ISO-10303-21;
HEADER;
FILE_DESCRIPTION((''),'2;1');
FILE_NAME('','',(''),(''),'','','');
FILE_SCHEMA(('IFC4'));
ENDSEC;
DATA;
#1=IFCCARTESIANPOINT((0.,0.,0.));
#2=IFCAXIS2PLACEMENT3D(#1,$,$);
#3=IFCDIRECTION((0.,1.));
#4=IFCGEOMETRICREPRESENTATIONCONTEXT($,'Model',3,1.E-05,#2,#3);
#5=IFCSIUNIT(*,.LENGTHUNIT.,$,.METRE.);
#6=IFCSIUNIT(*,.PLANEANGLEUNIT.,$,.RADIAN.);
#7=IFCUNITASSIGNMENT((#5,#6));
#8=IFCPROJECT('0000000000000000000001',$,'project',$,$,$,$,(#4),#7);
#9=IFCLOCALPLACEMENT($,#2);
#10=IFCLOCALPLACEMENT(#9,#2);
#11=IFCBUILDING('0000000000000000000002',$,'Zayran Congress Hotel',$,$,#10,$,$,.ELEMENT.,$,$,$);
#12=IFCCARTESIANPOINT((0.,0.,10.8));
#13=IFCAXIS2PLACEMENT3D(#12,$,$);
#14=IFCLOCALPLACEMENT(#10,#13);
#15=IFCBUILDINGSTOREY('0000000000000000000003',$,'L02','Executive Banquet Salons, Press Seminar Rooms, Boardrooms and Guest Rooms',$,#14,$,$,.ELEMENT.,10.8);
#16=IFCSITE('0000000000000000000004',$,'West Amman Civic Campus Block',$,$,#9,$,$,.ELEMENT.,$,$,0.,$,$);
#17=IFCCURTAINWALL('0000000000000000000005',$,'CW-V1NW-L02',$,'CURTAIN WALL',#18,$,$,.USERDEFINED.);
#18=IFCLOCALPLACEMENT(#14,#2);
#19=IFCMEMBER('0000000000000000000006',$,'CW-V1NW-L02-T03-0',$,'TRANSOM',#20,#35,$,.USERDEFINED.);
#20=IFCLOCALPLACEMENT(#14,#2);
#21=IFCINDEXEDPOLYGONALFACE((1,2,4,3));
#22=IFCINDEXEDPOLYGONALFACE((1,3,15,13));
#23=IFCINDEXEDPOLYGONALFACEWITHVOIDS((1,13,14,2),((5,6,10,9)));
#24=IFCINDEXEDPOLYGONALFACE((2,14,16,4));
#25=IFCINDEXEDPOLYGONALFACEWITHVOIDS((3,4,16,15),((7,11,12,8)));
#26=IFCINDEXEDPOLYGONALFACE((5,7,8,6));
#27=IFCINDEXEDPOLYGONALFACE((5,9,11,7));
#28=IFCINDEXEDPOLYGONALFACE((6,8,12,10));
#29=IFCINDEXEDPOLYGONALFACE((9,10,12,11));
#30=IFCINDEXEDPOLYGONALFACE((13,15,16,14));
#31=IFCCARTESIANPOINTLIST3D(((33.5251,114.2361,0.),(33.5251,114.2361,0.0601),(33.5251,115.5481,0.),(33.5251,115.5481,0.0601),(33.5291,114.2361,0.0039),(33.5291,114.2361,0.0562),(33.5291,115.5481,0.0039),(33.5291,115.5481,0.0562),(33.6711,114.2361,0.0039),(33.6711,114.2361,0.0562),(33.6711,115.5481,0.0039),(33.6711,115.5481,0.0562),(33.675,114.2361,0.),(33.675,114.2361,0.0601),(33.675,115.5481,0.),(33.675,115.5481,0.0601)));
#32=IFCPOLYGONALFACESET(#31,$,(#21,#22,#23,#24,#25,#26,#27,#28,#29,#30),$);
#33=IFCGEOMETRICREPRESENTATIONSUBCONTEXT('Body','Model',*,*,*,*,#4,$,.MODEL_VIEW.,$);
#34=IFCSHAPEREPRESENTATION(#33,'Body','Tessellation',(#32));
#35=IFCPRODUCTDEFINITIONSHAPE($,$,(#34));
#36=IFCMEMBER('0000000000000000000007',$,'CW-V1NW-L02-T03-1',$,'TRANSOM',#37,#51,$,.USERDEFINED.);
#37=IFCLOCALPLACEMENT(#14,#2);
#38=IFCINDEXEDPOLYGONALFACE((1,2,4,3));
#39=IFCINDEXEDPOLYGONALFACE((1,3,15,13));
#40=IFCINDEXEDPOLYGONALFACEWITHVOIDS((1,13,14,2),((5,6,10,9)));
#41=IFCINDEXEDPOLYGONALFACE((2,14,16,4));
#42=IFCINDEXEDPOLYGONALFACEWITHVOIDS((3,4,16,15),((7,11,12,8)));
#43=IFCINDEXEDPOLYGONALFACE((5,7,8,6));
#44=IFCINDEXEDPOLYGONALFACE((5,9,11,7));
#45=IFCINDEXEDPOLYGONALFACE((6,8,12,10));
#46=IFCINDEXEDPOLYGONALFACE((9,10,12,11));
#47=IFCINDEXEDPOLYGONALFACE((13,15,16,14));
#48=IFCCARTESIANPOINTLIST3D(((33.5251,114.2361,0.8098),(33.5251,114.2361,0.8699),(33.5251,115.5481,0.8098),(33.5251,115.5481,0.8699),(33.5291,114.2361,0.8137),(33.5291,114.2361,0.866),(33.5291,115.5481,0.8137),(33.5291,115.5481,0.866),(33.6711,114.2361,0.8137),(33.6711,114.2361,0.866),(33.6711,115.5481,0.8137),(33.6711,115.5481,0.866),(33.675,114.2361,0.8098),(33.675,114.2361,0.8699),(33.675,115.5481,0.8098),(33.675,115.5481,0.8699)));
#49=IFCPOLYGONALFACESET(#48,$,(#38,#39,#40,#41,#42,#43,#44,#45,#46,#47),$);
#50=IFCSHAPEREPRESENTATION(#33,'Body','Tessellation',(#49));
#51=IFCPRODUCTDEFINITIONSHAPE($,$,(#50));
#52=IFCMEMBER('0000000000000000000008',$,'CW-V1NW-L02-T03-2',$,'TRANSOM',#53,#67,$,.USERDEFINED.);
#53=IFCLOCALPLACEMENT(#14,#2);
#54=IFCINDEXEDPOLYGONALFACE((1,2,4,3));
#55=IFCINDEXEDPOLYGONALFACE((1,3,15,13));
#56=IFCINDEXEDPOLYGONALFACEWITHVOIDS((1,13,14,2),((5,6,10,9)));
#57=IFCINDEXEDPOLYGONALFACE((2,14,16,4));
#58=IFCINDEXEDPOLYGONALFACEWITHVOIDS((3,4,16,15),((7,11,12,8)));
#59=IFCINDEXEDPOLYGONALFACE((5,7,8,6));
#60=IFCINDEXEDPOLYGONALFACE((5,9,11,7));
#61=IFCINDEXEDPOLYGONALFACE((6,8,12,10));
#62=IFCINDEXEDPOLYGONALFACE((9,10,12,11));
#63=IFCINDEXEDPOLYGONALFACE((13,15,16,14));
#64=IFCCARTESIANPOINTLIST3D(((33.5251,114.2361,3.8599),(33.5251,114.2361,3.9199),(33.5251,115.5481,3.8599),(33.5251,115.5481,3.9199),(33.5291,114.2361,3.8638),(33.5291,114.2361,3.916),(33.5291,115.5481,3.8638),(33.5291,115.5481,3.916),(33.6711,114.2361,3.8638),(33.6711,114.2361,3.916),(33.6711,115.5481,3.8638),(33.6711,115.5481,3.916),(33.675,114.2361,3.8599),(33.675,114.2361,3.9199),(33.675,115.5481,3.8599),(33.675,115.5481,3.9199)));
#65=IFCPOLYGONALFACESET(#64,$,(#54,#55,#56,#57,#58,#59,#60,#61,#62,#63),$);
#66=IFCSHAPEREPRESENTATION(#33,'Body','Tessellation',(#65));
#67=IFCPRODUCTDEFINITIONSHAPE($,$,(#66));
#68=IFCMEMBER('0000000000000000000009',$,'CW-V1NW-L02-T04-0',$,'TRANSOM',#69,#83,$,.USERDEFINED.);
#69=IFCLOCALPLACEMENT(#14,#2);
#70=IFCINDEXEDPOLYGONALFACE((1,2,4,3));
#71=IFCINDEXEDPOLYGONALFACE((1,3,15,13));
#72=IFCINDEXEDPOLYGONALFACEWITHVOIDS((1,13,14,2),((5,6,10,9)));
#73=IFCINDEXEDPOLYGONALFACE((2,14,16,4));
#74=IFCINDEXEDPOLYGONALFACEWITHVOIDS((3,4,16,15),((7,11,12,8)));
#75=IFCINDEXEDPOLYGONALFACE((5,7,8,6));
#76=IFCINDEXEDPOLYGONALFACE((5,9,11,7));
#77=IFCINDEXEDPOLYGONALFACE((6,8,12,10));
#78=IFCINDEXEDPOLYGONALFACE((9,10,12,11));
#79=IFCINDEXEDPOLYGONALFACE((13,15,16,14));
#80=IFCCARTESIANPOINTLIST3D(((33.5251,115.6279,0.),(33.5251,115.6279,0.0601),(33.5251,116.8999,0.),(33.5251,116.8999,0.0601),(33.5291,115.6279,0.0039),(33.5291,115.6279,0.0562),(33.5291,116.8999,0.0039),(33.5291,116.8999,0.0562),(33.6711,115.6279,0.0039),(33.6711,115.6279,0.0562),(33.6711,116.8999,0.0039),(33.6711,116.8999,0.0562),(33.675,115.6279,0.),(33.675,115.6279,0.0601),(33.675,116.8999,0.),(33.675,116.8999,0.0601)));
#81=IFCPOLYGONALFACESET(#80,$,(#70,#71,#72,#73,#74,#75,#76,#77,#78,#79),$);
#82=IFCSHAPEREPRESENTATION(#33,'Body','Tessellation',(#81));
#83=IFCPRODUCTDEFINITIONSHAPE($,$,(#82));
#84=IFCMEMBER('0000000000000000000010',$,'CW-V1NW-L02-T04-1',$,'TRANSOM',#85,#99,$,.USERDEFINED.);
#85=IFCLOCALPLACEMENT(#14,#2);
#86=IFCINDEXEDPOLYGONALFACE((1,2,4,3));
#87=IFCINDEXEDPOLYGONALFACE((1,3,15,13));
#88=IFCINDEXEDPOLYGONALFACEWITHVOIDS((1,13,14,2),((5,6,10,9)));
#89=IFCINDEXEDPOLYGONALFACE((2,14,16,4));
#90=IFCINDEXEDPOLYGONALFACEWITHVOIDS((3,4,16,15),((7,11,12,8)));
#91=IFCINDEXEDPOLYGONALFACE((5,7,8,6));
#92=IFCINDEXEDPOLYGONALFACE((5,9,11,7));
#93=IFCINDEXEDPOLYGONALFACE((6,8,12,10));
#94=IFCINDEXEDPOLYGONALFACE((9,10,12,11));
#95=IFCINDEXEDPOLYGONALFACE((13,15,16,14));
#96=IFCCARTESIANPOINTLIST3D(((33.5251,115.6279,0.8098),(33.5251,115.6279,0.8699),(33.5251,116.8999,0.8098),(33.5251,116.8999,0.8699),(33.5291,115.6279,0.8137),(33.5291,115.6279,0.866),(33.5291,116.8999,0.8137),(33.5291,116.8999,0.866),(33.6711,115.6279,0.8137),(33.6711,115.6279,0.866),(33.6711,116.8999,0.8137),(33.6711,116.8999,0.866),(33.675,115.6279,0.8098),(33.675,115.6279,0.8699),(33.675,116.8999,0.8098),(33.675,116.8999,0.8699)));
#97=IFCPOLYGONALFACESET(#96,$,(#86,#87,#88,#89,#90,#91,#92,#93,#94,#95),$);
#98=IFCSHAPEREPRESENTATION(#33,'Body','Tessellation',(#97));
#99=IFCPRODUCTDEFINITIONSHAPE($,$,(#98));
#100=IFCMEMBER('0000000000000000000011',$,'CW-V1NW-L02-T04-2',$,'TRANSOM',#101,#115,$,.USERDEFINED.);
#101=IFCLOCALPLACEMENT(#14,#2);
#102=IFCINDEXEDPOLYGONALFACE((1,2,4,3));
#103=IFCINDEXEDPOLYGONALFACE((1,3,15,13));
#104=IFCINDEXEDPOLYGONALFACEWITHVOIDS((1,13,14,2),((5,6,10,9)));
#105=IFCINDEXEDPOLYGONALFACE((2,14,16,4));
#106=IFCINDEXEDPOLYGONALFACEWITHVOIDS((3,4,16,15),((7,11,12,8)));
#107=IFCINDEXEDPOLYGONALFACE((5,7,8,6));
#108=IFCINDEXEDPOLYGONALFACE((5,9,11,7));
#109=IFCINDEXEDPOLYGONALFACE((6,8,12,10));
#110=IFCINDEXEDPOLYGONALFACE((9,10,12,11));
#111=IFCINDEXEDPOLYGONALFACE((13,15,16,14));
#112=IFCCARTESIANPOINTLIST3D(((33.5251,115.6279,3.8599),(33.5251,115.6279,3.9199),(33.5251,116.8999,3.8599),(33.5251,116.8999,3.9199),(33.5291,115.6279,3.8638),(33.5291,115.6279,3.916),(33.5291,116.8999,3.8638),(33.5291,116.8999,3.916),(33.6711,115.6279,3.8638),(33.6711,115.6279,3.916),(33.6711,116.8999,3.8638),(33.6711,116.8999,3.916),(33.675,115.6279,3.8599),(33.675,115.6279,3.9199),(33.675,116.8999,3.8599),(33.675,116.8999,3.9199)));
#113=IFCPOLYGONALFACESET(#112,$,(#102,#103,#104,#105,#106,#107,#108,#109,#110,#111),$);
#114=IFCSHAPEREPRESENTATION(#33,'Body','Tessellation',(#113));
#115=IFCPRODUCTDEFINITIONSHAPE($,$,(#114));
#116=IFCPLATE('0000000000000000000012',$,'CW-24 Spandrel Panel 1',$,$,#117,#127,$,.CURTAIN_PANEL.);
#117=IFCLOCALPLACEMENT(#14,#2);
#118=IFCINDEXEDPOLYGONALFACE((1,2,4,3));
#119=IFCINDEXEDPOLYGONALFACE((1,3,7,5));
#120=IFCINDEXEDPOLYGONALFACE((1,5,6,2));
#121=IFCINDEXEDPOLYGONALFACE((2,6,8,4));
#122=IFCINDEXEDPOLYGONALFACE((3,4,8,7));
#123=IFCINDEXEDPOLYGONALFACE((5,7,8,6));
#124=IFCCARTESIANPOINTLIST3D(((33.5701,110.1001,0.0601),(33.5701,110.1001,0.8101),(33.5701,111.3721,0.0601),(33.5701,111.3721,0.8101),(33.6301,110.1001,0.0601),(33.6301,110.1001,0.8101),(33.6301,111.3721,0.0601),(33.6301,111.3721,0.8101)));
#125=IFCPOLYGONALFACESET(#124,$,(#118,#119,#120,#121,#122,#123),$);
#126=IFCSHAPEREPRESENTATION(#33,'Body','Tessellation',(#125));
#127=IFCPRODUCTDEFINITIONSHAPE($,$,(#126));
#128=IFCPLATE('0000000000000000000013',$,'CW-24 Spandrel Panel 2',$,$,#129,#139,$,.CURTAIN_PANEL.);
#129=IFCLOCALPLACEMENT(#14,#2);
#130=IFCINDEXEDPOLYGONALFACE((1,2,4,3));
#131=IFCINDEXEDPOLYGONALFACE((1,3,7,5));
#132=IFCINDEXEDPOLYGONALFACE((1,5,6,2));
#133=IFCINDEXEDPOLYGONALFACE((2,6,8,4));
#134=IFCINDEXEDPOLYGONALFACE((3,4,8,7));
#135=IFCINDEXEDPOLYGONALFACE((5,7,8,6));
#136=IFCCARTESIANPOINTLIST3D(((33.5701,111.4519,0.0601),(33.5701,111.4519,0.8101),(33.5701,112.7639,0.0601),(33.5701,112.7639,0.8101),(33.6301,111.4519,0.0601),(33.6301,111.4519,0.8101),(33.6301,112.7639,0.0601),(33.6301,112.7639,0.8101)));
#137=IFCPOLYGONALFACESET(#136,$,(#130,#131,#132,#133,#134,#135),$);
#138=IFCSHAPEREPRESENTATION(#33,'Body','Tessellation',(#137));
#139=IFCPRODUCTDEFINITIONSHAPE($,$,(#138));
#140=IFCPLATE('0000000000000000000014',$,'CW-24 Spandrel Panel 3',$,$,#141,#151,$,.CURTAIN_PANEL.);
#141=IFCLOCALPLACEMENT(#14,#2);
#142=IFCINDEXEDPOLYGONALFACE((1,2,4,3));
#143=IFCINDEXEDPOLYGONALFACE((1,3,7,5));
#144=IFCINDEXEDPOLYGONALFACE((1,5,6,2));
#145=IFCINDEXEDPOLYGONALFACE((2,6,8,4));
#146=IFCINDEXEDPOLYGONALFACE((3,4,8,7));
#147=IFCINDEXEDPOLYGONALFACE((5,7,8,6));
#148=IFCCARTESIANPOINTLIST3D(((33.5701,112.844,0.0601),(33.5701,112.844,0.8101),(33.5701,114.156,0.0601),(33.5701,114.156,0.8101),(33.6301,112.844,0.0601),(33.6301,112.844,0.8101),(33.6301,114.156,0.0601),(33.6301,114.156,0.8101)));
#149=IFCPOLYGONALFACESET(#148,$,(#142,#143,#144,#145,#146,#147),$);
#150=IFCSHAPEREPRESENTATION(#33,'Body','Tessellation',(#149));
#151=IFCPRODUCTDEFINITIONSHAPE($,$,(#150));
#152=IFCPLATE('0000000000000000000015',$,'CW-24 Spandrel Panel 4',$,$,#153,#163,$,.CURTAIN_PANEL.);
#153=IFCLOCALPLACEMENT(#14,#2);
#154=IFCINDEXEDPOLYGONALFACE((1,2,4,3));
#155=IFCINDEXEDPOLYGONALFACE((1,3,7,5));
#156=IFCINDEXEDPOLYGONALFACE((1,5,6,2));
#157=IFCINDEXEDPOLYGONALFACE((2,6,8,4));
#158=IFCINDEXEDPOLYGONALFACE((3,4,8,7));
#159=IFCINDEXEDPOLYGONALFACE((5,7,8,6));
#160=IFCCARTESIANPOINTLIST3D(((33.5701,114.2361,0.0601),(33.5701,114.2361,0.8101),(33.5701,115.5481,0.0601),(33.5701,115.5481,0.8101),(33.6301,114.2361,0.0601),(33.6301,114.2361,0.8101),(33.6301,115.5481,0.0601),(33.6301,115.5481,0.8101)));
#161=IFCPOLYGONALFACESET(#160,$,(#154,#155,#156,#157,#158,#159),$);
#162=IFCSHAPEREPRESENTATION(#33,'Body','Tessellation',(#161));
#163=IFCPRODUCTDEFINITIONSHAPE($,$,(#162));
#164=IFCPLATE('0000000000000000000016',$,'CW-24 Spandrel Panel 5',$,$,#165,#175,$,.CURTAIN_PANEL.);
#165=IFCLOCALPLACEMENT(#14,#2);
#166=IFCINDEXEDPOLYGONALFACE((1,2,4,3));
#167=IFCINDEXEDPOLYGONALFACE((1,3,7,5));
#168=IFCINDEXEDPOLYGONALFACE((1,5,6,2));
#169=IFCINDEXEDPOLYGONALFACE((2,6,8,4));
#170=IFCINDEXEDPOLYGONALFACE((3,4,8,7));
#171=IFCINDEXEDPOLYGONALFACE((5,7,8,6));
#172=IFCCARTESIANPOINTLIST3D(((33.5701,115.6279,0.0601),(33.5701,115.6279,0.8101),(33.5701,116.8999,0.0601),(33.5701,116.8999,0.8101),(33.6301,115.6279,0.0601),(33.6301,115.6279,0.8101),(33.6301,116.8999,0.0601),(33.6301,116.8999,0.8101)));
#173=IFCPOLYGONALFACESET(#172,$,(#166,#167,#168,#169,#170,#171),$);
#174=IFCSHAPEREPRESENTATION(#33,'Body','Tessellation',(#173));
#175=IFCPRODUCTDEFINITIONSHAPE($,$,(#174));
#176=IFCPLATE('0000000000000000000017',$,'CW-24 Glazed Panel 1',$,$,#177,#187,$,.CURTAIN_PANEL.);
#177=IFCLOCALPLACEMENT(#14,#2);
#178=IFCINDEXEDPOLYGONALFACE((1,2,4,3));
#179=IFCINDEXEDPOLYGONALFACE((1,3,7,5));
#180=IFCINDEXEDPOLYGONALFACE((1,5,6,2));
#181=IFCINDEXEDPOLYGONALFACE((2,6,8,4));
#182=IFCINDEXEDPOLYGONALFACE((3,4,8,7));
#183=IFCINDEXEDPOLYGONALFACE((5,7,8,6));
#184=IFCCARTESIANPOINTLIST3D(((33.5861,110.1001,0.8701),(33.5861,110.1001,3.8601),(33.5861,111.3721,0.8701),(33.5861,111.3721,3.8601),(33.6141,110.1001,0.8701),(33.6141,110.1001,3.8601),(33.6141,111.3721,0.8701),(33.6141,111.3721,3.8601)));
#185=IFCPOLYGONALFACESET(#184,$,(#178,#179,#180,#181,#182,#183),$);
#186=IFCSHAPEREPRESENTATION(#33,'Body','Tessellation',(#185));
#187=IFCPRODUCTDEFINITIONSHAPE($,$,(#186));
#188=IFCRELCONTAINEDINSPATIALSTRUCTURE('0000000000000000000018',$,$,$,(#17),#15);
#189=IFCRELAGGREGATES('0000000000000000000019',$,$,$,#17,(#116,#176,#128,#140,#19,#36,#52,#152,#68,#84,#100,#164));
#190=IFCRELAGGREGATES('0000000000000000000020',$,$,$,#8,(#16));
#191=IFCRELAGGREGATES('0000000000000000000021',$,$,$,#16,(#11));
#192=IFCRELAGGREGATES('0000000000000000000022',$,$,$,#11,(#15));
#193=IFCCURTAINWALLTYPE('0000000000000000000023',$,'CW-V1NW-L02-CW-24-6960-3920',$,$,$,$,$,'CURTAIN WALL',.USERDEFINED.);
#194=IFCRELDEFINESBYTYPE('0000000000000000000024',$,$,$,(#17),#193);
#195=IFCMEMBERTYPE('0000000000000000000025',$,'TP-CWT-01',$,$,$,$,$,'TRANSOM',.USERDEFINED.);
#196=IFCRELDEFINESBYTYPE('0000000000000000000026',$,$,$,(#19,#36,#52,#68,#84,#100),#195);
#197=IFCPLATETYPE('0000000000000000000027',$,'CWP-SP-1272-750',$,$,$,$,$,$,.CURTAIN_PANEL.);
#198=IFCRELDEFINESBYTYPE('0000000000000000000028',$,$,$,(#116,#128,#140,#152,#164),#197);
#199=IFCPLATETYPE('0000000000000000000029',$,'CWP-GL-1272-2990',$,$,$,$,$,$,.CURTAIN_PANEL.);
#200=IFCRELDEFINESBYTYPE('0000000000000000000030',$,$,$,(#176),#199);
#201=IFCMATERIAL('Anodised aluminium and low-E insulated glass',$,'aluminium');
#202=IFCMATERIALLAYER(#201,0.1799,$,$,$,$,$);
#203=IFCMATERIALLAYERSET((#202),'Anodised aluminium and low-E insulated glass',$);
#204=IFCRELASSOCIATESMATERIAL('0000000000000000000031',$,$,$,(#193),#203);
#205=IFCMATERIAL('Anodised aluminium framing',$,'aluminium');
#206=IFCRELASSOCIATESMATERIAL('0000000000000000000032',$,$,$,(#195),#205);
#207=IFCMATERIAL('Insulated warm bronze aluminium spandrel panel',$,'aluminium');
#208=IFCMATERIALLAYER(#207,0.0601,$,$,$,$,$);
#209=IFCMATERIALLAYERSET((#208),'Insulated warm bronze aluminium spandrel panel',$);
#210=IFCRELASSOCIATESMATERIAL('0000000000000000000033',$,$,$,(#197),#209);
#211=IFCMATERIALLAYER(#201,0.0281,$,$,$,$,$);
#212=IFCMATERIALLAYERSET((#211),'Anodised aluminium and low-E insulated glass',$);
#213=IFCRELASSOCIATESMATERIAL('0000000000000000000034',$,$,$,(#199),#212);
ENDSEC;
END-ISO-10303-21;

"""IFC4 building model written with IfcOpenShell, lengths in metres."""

from ifc_helpers import new_model, si_unit, direction, frame, origin, origin_2d, place, context, subcontext, project, spatial, rectangle, hollow_rectangle, extrude, material, layer, layer_set, material_profile, profile_set, type_object, element, aggregate, save


model = new_model("IFC4")

# Units and contexts
model_context = context("Model", 3, precision=1e-05, world=origin(), true_north=direction((0.0, 1.0)))
body_context = subcontext(model_context, "Body", "Model", "MODEL_VIEW")
ifc_project = project(units=[si_unit("LENGTHUNIT", "METRE"), si_unit("PLANEANGLEUNIT", "RADIAN")], contexts=[model_context])

# Site, building, storey
site_placement = place(None, origin())
site = spatial("IfcSite", under=ifc_project, at=site_placement, Name="West Amman Civic Campus Block", CompositionType="ELEMENT", RefElevation=0.0)
building_placement = place(site_placement, origin())
building = spatial("IfcBuilding", under=site, at=building_placement, Name="Zayran Congress Hotel", CompositionType="ELEMENT")
storey_placement = place(building_placement, frame((0.0, 0.0, 10.8)))
storey = spatial("IfcBuildingStorey", under=building, at=storey_placement, Name="L02", Description="Executive Banquet Salons, Press Seminar Rooms, Boardrooms and Guest Rooms", CompositionType="ELEMENT", Elevation=10.8)

# Curtain wall, members, plates
ifc_material_1 = material(Name="Anodised aluminium and low-E insulated glass", Category="aluminium")
ifc_layer_1 = layer(ifc_material_1, 0.1799)
ifc_layer_set_1 = layer_set([ifc_layer_1], Name="Anodised aluminium and low-E insulated glass")
curtain_wall_type = type_object("IfcCurtainWallType", Name="CW-V1NW-L02-CW-24-6960-3920", ElementType="CURTAIN WALL", PredefinedType="USERDEFINED", material=ifc_layer_set_1)
curtain_wall_placement = place(storey_placement, origin())
curtain_wall = element("IfcCurtainWall", 1, at=curtain_wall_placement, inside=storey, type_object=curtain_wall_type, Name="CW-V1NW-L02", ObjectType="CURTAIN WALL", PredefinedType="USERDEFINED")
ifc_material_2 = material(Name="Anodised aluminium framing", Category="aluminium")
ifc_material_profile_1 = material_profile(ifc_material_2, hollow_rectangle(XDim=0.0601, YDim=0.1499, WallThickness=0.0039, at=origin_2d()), Name="RHS 150x60x4")
ifc_profile_set_1 = profile_set([ifc_material_profile_1], Name="Anodised aluminium framing")
member_type_1 = type_object("IfcMemberType", Name="TP-CWT-01", ElementType="TRANSOM", PredefinedType="USERDEFINED", material=ifc_profile_set_1)
member_1_placement = place(storey_placement, frame((33.6001, 114.2361, 0.03), z_axis=(0.0, 1.0, 0.0), x_axis=(0.0, 0.0, 1.0)))
member_1 = element("IfcMember", 2, at=member_1_placement, type_object=member_type_1, Name="CW-V1NW-L02-T03-0", ObjectType="TRANSOM", PredefinedType="USERDEFINED", context=body_context, shape_type="SweptSolid", body=[
    extrude(hollow_rectangle(XDim=0.0601, YDim=0.1499, WallThickness=0.0039, at=origin_2d()), origin(), (0.0, 0.0, 1.0), 1.312),
])
member_2_placement = place(storey_placement, frame((33.6001, 114.2361, 0.8398), z_axis=(0.0, 1.0, 0.0), x_axis=(0.0, 0.0, 1.0)))
member_2 = element("IfcMember", 3, at=member_2_placement, type_object=member_type_1, Name="CW-V1NW-L02-T03-1", ObjectType="TRANSOM", PredefinedType="USERDEFINED", context=body_context, shape_type="SweptSolid", body=[
    extrude(hollow_rectangle(XDim=0.0601, YDim=0.1499, WallThickness=0.0039, at=origin_2d()), origin(), (0.0, 0.0, 1.0), 1.312),
])
member_3_placement = place(storey_placement, frame((33.6001, 114.2361, 3.8899), z_axis=(0.0, 1.0, 0.0), x_axis=(0.0, 0.0, 1.0)))
member_3 = element("IfcMember", 4, at=member_3_placement, type_object=member_type_1, Name="CW-V1NW-L02-T03-2", ObjectType="TRANSOM", PredefinedType="USERDEFINED", context=body_context, shape_type="SweptSolid", body=[
    extrude(hollow_rectangle(XDim=0.0601, YDim=0.1499, WallThickness=0.0039, at=origin_2d()), origin(), (0.0, 0.0, 1.0), 1.312),
])
member_4_placement = place(storey_placement, frame((33.6001, 115.6279, 0.03), z_axis=(0.0, 1.0, 0.0), x_axis=(0.0, 0.0, 1.0)))
member_4 = element("IfcMember", 5, at=member_4_placement, type_object=member_type_1, Name="CW-V1NW-L02-T04-0", ObjectType="TRANSOM", PredefinedType="USERDEFINED", context=body_context, shape_type="SweptSolid", body=[
    extrude(hollow_rectangle(XDim=0.0601, YDim=0.1499, WallThickness=0.0039, at=origin_2d()), origin(), (0.0, 0.0, 1.0), 1.272),
])
member_5_placement = place(storey_placement, frame((33.6001, 115.6279, 0.8398), z_axis=(0.0, 1.0, 0.0), x_axis=(0.0, 0.0, 1.0)))
member_5 = element("IfcMember", 6, at=member_5_placement, type_object=member_type_1, Name="CW-V1NW-L02-T04-1", ObjectType="TRANSOM", PredefinedType="USERDEFINED", context=body_context, shape_type="SweptSolid", body=[
    extrude(hollow_rectangle(XDim=0.0601, YDim=0.1499, WallThickness=0.0039, at=origin_2d()), origin(), (0.0, 0.0, 1.0), 1.272),
])
member_6_placement = place(storey_placement, frame((33.6001, 115.6279, 3.8899), z_axis=(0.0, 1.0, 0.0), x_axis=(0.0, 0.0, 1.0)))
member_6 = element("IfcMember", 7, at=member_6_placement, type_object=member_type_1, Name="CW-V1NW-L02-T04-2", ObjectType="TRANSOM", PredefinedType="USERDEFINED", context=body_context, shape_type="SweptSolid", body=[
    extrude(hollow_rectangle(XDim=0.0601, YDim=0.1499, WallThickness=0.0039, at=origin_2d()), origin(), (0.0, 0.0, 1.0), 1.272),
])
ifc_material_3 = material(Name="Insulated warm bronze aluminium spandrel panel", Category="aluminium")
ifc_layer_2 = layer(ifc_material_3, 0.0601)
ifc_layer_set_2 = layer_set([ifc_layer_2], Name="Insulated warm bronze aluminium spandrel panel")
plate_type_1 = type_object("IfcPlateType", Name="CWP-SP-1272-750", PredefinedType="CURTAIN_PANEL", material=ifc_layer_set_2)
plate_1_placement = place(storey_placement, frame((33.6001, 110.7361, 0.0601), z_axis=(0.0, 0.0, 1.0), x_axis=(0.0, 1.0, 0.0)))
plate_1 = element("IfcPlate", 8, at=plate_1_placement, type_object=plate_type_1, Name="CW-24 Spandrel Panel 1", PredefinedType="CURTAIN_PANEL", context=body_context, shape_type="SweptSolid", body=[
    extrude(rectangle(XDim=1.272, YDim=0.0601, at=origin_2d()), origin(), (0.0, 0.0, 1.0), 0.75),
])
plate_2_placement = place(storey_placement, frame((33.6001, 112.1079, 0.0601), z_axis=(0.0, 0.0, 1.0), x_axis=(0.0, 1.0, 0.0)))
plate_2 = element("IfcPlate", 9, at=plate_2_placement, type_object=plate_type_1, Name="CW-24 Spandrel Panel 2", PredefinedType="CURTAIN_PANEL", context=body_context, shape_type="SweptSolid", body=[
    extrude(rectangle(XDim=1.312, YDim=0.0601, at=origin_2d()), origin(), (0.0, 0.0, 1.0), 0.75),
])
plate_3_placement = place(storey_placement, frame((33.6001, 113.5, 0.0601), z_axis=(0.0, 0.0, 1.0), x_axis=(0.0, 1.0, 0.0)))
plate_3 = element("IfcPlate", 10, at=plate_3_placement, type_object=plate_type_1, Name="CW-24 Spandrel Panel 3", PredefinedType="CURTAIN_PANEL", context=body_context, shape_type="SweptSolid", body=[
    extrude(rectangle(XDim=1.312, YDim=0.0601, at=origin_2d()), origin(), (0.0, 0.0, 1.0), 0.75),
])
plate_4_placement = place(storey_placement, frame((33.6001, 114.8921, 0.0601), z_axis=(0.0, 0.0, 1.0), x_axis=(0.0, 1.0, 0.0)))
plate_4 = element("IfcPlate", 11, at=plate_4_placement, type_object=plate_type_1, Name="CW-24 Spandrel Panel 4", PredefinedType="CURTAIN_PANEL", context=body_context, shape_type="SweptSolid", body=[
    extrude(rectangle(XDim=1.312, YDim=0.0601, at=origin_2d()), origin(), (0.0, 0.0, 1.0), 0.75),
])
plate_5_placement = place(storey_placement, frame((33.6001, 116.2639, 0.0601), z_axis=(0.0, 0.0, 1.0), x_axis=(0.0, 1.0, 0.0)))
plate_5 = element("IfcPlate", 12, at=plate_5_placement, type_object=plate_type_1, Name="CW-24 Spandrel Panel 5", PredefinedType="CURTAIN_PANEL", context=body_context, shape_type="SweptSolid", body=[
    extrude(rectangle(XDim=1.272, YDim=0.0601, at=origin_2d()), origin(), (0.0, 0.0, 1.0), 0.75),
])
ifc_layer_3 = layer(ifc_material_1, 0.0281)
ifc_layer_set_3 = layer_set([ifc_layer_3], Name="Anodised aluminium and low-E insulated glass")
plate_type_2 = type_object("IfcPlateType", Name="CWP-GL-1272-2990", PredefinedType="CURTAIN_PANEL", material=ifc_layer_set_3)
plate_6_placement = place(storey_placement, frame((33.6001, 110.7361, 0.8701), z_axis=(0.0, 0.0, 1.0), x_axis=(0.0, 1.0, 0.0)))
plate_6 = element("IfcPlate", 13, at=plate_6_placement, type_object=plate_type_2, Name="CW-24 Glazed Panel 1", PredefinedType="CURTAIN_PANEL", context=body_context, shape_type="SweptSolid", body=[
    extrude(rectangle(XDim=1.272, YDim=0.0281, at=origin_2d()), origin(), (0.0, 0.0, 1.0), 2.99),
])
aggregate(curtain_wall, [plate_1, plate_6, plate_2, plate_3, member_1, member_2, member_3, plate_4, member_4, member_5, member_6, plate_5])

save(model, "model.ifc")
